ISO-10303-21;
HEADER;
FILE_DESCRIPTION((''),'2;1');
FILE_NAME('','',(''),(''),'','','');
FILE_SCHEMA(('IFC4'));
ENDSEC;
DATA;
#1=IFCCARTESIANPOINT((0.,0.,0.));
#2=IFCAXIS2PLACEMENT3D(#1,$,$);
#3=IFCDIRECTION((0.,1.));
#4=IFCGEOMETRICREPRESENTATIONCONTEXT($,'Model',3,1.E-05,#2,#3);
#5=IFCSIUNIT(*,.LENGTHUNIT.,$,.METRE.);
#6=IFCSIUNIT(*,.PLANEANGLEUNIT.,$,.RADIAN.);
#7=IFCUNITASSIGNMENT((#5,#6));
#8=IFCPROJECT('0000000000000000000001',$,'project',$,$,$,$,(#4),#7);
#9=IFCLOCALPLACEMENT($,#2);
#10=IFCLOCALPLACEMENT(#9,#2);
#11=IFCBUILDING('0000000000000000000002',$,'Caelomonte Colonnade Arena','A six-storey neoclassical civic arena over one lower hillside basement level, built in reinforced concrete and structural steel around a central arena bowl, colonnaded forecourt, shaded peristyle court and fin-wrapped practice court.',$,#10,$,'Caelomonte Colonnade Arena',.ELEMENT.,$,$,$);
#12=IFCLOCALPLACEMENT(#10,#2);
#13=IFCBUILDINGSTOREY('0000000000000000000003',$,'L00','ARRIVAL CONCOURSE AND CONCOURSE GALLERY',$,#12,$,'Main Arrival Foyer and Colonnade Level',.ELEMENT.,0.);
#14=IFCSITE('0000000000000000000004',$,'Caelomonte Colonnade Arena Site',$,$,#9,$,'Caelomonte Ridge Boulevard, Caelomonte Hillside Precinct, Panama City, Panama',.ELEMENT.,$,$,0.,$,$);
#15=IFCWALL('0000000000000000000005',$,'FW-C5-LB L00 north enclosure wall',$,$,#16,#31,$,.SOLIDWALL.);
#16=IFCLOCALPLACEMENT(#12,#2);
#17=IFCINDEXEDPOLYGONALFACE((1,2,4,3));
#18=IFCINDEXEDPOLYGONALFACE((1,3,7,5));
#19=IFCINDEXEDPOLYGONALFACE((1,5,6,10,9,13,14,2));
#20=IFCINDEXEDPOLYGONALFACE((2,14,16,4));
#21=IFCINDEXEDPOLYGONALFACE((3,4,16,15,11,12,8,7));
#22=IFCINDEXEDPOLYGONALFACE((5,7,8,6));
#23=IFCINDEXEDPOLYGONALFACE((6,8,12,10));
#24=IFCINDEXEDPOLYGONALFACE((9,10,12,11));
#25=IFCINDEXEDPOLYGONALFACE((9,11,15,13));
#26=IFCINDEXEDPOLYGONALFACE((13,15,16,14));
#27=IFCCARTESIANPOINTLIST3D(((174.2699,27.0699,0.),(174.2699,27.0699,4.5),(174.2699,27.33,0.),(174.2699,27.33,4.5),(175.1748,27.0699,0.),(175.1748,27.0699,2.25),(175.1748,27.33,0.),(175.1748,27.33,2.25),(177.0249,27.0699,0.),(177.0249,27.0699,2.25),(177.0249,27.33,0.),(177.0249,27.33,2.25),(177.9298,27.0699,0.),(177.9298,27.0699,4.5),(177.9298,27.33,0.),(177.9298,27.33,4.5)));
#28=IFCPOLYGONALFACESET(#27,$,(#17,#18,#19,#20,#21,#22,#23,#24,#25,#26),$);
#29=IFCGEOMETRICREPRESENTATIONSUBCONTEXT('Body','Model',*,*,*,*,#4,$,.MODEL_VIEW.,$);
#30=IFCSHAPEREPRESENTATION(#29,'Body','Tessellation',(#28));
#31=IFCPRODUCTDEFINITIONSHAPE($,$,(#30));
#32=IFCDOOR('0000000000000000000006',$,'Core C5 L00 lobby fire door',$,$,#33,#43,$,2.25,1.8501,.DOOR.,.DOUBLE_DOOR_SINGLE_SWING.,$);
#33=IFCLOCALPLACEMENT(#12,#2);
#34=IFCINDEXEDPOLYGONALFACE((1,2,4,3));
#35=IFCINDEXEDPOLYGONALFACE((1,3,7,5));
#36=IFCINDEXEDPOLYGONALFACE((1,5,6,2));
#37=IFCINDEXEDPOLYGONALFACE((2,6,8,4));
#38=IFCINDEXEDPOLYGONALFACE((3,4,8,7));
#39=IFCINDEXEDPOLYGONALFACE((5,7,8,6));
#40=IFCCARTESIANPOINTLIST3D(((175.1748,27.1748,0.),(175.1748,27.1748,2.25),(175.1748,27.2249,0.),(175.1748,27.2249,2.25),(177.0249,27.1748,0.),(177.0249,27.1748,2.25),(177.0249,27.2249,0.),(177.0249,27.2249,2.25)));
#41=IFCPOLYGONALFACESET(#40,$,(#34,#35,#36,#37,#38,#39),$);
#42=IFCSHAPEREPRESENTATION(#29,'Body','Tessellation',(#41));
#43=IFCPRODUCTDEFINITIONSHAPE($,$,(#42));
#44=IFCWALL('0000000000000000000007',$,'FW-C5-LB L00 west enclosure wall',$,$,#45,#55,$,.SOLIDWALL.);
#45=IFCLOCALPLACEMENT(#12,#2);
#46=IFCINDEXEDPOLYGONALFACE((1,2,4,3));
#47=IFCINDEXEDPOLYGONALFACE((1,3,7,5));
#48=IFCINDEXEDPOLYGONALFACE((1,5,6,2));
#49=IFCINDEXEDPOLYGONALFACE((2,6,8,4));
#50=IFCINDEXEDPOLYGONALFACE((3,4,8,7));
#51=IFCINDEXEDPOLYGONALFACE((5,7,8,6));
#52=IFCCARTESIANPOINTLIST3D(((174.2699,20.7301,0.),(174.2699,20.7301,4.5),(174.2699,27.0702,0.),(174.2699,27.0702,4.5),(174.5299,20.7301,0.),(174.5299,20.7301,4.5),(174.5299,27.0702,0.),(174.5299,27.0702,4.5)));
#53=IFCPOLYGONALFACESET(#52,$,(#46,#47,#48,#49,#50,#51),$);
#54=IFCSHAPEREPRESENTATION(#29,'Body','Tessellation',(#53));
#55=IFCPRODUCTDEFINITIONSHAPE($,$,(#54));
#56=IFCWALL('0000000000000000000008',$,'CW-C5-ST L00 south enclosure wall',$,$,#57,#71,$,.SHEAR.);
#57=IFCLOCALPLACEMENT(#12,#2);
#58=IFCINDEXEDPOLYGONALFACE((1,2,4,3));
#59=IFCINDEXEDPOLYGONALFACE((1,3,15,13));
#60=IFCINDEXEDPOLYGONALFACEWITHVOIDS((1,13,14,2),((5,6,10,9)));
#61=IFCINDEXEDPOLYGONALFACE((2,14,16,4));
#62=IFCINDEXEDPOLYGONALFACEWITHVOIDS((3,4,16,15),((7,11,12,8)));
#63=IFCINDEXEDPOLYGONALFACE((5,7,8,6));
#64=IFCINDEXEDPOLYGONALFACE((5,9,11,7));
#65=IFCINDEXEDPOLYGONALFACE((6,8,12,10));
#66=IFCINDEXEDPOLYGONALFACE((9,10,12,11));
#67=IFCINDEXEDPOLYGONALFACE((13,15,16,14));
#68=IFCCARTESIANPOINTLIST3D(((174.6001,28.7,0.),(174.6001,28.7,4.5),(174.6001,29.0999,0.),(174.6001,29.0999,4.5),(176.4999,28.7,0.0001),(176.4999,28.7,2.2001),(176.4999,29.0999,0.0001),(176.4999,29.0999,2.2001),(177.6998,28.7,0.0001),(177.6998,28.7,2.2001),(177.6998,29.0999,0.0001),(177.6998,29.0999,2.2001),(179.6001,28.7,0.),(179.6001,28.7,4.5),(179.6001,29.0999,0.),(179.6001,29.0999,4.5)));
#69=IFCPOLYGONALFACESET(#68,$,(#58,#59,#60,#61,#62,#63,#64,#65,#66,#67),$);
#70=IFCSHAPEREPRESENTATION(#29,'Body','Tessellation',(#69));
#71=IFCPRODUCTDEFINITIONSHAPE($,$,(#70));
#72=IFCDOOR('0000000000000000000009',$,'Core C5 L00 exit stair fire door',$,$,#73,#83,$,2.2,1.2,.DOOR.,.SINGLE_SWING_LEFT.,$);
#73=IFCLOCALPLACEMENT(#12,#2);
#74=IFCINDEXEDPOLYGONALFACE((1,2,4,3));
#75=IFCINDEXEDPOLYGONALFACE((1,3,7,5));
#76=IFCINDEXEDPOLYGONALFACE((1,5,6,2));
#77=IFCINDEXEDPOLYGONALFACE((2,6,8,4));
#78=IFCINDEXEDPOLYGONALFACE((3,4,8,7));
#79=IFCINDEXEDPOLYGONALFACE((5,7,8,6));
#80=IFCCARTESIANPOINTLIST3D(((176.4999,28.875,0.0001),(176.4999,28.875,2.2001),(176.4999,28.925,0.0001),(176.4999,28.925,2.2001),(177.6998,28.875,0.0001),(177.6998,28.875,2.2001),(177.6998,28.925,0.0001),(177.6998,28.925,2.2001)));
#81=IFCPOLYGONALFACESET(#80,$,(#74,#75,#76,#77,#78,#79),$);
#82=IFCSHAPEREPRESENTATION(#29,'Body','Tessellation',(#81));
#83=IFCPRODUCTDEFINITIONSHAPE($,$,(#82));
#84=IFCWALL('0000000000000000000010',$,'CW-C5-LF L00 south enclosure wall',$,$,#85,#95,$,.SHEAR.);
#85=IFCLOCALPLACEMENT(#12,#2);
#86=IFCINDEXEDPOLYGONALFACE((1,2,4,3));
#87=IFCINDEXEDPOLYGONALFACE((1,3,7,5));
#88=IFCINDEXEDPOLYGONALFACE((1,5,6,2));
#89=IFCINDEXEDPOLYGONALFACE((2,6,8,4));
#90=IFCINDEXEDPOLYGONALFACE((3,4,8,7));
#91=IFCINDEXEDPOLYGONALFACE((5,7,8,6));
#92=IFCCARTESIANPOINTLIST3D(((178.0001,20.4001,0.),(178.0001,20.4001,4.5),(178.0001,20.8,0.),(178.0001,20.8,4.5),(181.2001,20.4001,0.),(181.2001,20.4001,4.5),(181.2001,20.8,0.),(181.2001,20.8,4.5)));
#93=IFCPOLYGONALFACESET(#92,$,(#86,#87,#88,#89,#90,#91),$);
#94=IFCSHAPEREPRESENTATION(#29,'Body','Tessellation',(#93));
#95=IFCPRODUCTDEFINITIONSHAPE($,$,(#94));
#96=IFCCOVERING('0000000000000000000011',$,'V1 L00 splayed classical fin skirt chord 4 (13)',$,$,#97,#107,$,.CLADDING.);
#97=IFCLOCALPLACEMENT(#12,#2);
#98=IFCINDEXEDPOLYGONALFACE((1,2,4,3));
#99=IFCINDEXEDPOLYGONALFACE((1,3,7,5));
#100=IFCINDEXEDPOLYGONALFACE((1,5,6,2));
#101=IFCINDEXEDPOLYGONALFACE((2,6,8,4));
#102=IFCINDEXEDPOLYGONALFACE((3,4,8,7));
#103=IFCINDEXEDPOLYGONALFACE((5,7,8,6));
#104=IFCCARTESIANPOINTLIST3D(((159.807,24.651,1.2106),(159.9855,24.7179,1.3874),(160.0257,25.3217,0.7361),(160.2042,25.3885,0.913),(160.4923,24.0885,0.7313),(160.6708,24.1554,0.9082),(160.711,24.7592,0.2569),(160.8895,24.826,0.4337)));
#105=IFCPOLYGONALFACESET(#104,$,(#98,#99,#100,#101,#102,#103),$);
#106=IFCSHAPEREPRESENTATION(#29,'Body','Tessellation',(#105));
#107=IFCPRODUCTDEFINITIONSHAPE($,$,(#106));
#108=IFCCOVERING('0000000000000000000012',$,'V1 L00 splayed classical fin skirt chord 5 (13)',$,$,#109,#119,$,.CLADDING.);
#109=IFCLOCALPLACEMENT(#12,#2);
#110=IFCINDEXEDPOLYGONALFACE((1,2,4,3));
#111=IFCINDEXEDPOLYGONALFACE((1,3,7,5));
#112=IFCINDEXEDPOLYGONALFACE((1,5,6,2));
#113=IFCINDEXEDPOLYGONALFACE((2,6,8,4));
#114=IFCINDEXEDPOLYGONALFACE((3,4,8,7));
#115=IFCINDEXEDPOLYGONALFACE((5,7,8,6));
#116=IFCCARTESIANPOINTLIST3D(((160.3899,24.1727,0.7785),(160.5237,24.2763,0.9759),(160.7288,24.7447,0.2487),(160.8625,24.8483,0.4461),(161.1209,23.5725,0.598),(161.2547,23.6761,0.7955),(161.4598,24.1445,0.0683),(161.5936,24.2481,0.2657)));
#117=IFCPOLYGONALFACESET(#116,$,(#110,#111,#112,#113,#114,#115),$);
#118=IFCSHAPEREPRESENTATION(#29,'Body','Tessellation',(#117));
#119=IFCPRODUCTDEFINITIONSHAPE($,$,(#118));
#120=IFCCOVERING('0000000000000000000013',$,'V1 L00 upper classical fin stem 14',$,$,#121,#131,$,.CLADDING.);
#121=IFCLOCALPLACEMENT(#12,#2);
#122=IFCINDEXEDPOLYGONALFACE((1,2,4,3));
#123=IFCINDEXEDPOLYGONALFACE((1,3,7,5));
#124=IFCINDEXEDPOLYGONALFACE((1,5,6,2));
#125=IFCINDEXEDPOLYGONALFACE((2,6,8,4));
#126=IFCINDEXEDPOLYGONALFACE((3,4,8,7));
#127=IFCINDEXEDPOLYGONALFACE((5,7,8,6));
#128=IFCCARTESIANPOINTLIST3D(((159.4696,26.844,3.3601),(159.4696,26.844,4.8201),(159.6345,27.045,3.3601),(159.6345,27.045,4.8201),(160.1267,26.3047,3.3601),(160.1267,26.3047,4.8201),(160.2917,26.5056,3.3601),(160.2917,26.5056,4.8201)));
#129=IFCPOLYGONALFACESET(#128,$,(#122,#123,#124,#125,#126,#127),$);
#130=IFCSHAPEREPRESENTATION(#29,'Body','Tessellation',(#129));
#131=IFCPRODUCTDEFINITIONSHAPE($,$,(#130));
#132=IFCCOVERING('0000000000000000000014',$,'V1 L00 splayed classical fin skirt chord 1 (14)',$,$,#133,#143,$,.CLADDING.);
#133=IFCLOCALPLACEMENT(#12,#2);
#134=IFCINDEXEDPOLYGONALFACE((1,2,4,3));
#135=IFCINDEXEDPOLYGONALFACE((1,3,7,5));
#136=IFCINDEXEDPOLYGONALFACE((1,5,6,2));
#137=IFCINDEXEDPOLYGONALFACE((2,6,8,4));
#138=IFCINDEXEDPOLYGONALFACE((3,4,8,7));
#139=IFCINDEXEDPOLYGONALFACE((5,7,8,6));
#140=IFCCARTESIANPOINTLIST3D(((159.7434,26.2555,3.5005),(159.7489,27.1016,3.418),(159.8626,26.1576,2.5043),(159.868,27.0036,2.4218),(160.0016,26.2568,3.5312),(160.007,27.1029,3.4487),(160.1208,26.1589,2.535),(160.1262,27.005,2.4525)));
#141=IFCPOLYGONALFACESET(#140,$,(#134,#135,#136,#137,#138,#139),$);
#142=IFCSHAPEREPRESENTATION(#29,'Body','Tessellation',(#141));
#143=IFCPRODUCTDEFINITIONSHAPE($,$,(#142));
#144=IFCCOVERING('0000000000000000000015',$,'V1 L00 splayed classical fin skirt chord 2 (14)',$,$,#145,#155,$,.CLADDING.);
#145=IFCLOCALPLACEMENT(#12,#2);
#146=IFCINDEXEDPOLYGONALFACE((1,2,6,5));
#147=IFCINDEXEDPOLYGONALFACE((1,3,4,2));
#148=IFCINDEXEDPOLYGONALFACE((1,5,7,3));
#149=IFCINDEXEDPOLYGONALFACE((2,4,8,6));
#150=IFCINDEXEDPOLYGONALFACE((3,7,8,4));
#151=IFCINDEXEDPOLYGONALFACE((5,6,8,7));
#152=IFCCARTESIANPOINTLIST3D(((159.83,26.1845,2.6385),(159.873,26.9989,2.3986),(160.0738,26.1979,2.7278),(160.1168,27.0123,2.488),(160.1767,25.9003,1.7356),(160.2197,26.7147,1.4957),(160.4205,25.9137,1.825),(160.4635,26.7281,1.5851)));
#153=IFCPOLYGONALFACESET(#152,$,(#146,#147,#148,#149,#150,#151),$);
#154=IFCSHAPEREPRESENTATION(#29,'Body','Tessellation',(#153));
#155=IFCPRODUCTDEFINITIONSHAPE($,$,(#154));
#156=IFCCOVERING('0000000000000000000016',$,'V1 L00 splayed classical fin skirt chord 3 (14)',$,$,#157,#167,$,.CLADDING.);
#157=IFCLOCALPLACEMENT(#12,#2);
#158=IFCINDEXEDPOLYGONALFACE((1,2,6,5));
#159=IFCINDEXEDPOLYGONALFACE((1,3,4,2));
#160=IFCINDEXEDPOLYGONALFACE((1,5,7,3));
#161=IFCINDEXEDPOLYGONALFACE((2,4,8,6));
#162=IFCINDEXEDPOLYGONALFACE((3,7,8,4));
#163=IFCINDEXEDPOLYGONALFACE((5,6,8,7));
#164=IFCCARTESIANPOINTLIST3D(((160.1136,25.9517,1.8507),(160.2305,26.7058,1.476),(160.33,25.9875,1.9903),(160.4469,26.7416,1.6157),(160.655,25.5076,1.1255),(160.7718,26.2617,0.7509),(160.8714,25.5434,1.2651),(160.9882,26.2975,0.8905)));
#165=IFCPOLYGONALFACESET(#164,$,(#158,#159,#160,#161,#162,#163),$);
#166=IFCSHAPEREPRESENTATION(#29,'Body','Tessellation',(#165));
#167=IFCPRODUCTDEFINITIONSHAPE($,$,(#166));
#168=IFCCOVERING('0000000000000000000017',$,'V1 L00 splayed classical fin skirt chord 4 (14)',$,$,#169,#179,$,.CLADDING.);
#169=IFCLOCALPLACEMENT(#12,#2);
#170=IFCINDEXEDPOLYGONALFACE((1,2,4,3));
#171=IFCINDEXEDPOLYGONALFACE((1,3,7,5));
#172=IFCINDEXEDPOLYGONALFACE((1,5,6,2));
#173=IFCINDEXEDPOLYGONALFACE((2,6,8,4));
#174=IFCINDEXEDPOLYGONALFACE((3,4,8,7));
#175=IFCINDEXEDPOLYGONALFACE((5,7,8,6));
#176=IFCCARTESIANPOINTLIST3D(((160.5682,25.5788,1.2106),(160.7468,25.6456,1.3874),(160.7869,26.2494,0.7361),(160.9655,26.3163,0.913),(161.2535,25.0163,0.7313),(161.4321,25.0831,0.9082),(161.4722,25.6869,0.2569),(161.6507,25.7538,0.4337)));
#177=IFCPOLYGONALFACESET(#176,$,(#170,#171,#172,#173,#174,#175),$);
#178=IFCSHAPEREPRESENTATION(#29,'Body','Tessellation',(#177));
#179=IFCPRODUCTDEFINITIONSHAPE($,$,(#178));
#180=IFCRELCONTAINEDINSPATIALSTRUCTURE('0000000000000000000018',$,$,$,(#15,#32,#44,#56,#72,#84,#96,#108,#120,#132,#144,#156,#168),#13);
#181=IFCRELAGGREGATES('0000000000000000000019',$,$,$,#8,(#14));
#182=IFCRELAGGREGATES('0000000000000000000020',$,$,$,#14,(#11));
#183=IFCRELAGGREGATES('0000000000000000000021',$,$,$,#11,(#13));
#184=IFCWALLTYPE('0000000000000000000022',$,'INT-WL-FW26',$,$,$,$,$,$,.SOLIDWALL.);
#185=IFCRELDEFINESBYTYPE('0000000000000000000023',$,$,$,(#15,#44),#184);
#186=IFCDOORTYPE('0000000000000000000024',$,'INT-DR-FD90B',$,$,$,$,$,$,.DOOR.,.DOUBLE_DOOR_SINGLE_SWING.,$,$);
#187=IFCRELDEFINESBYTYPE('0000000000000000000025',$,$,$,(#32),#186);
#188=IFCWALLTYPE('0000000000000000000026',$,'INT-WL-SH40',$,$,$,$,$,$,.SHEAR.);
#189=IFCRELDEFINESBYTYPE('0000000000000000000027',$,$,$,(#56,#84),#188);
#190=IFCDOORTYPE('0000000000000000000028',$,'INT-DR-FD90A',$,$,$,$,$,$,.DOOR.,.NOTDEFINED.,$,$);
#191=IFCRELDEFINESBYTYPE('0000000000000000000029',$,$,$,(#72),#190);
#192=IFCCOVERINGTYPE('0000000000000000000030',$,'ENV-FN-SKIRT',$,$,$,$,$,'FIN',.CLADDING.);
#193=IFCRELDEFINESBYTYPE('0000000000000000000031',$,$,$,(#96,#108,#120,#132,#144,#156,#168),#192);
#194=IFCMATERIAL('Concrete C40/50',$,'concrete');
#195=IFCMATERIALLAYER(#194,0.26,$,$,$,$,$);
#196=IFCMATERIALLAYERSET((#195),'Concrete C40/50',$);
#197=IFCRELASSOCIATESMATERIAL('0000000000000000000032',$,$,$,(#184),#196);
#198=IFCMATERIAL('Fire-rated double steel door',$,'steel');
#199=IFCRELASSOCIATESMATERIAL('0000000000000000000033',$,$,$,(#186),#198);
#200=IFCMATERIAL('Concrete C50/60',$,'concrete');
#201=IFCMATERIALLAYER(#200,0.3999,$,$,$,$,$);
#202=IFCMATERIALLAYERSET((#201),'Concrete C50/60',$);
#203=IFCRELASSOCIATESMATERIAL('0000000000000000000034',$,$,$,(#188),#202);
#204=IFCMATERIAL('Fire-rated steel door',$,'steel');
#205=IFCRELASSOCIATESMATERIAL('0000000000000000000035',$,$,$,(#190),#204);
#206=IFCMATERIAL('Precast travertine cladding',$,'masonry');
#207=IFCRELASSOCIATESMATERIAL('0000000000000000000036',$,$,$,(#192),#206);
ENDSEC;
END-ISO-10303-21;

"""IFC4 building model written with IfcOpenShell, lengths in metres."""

from ifc_helpers import new_model, si_unit, direction, frame, frame_2d, origin, origin_2d, place, context, subcontext, project, spatial, rectangle, extrude, material, layer, layer_set, material_profile, profile_set, type_object, element, fill, save


model = new_model("IFC4")

# Units and contexts
model_context = context("Model", 3, precision=1e-05, world=origin(), true_north=direction((0.0, 1.0)))
body_context = subcontext(model_context, "Body", "Model", "MODEL_VIEW")
ifc_project = project(units=[si_unit("LENGTHUNIT", "METRE"), si_unit("PLANEANGLEUNIT", "RADIAN")], contexts=[model_context])

# Site, building, storey
site_placement = place(None, origin())
site = spatial("IfcSite", under=ifc_project, at=site_placement, Name="Caelomonte Colonnade Arena Site", LongName="Caelomonte Ridge Boulevard, Caelomonte Hillside Precinct, Panama City, Panama", CompositionType="ELEMENT", RefElevation=0.0)
building_placement = place(site_placement, origin())
building = spatial("IfcBuilding", under=site, at=building_placement, Name="Caelomonte Colonnade Arena", Description="A six-storey neoclassical civic arena over one lower hillside basement level, built in reinforced concrete and structural steel around a central arena bowl, colonnaded forecourt, shaded peristyle court and fin-wrapped practice court.", LongName="Caelomonte Colonnade Arena", CompositionType="ELEMENT")
storey_placement = place(building_placement, origin())
storey = spatial("IfcBuildingStorey", under=building, at=storey_placement, Name="L00", Description="ARRIVAL CONCOURSE AND CONCOURSE GALLERY", LongName="Main Arrival Foyer and Colonnade Level", CompositionType="ELEMENT", Elevation=0.0)

# Shared definitions
ifc_material_1 = material(Name="Concrete C40/50", Category="concrete")

# Shared definitions
ifc_layer_1 = layer(ifc_material_1, 0.26)
ifc_layer_set_1 = layer_set([ifc_layer_1], Name="Concrete C40/50")
wall_type_1 = type_object("IfcWallType", Name="INT-WL-FW26", PredefinedType="SOLIDWALL", material=ifc_layer_set_1)

# Wall, opening, door
wall_1_placement = place(storey_placement, frame((177.9299, 27.2, 0.0), z_axis=(0.0, 0.0, 1.0), x_axis=(-1.0, 0.0, 0.0)))
wall_1 = element("IfcWall", 1, at=wall_1_placement, inside=storey, type_object=wall_type_1, Name="FW-C5-LB L00 north enclosure wall", PredefinedType="SOLIDWALL", context=body_context, shape_type="SweptSolid", body=[
    extrude(rectangle(XDim=3.6599, YDim=0.26, at=frame_2d((1.8301, 0.0))), origin(), (0.0, 0.0, 1.0), 4.5),
])
opening_1_placement = place(wall_1_placement, frame((2.7551, 0.0, 0.0), z_axis=(0.0, 0.0, 1.0), x_axis=(-1.0, 0.0, 0.0)))
opening_1 = element("IfcOpeningElement", 2, at=opening_1_placement, cuts=wall_1, PredefinedType="OPENING", context=body_context, shape_type="SweptSolid", body=[
    extrude(rectangle(XDim=1.8501, YDim=2.25, at=frame_2d((0.925, 1.125))), frame((0.0, 0.1399, 0.0), z_axis=(0.0, -1.0, 0.0), x_axis=(1.0, 0.0, 0.0)), (0.0, 0.0, 1.0), 0.28),
])
ifc_material_2 = material(Name="Fire-rated double steel door", Category="steel")
door_type_1 = type_object("IfcDoorType", Name="INT-DR-FD90B", OperationType="DOUBLE_DOOR_SINGLE_SWING", PredefinedType="DOOR", material=ifc_material_2)
door_1_placement = place(opening_1_placement, origin())
door_1 = element("IfcDoor", 3, at=door_1_placement, inside=storey, type_object=door_type_1, Name="Core C5 L00 lobby fire door", OperationType="DOUBLE_DOOR_SINGLE_SWING", OverallHeight=2.25, OverallWidth=1.8501, PredefinedType="DOOR", context=body_context, shape_type="SweptSolid", body=[
    extrude(rectangle(XDim=1.8501, YDim=2.25, at=frame_2d((0.925, 1.125))), frame((0.0, 0.0249, 0.0), z_axis=(0.0, -1.0, 0.0), x_axis=(1.0, 0.0, 0.0)), (0.0, 0.0, 1.0), 0.05),
])
fill(opening_1, door_1)

# Wall
wall_2_placement = place(storey_placement, frame((174.3999, 27.0701, 0.0), z_axis=(0.0, 0.0, 1.0), x_axis=(0.0, -1.0, 0.0)))
element("IfcWall", 4, at=wall_2_placement, inside=storey, type_object=wall_type_1, Name="FW-C5-LB L00 west enclosure wall", PredefinedType="SOLIDWALL", context=body_context, shape_type="SweptSolid", body=[
    extrude(rectangle(XDim=6.3401, YDim=0.26, at=frame_2d((3.1699, 0.0))), origin(), (0.0, 0.0, 1.0), 4.5),
])

# Wall, opening, door
ifc_material_3 = material(Name="Concrete C50/60", Category="concrete")
ifc_layer_2 = layer(ifc_material_3, 0.3999)
ifc_layer_set_2 = layer_set([ifc_layer_2], Name="Concrete C50/60")
wall_type_2 = type_object("IfcWallType", Name="INT-WL-SH40", PredefinedType="SHEAR", material=ifc_layer_set_2)
wall_3_placement = place(storey_placement, frame((174.6001, 28.8999, 0.0), z_axis=(0.0, 0.0, 1.0), x_axis=(1.0, 0.0, 0.0)))
wall_3 = element("IfcWall", 5, at=wall_3_placement, inside=storey, type_object=wall_type_2, Name="CW-C5-ST L00 south enclosure wall", PredefinedType="SHEAR", context=body_context, shape_type="SweptSolid", body=[
    extrude(rectangle(XDim=5.0, YDim=0.3999, at=frame_2d((2.5, 0.0))), origin(), (0.0, 0.0, 1.0), 4.5),
])
opening_2_placement = place(wall_3_placement, frame((3.0999, 0.0, 0.0), z_axis=(0.0, 0.0, 1.0), x_axis=(-1.0, 0.0, 0.0)))
opening_2 = element("IfcOpeningElement", 6, at=opening_2_placement, cuts=wall_3, PredefinedType="OPENING", context=body_context, shape_type="SweptSolid", body=[
    extrude(rectangle(XDim=1.2, YDim=2.2, at=frame_2d((0.6001, 1.1001))), frame((0.0, 0.21, 0.0), z_axis=(0.0, -1.0, 0.0), x_axis=(1.0, 0.0, 0.0)), (0.0, 0.0, 1.0), 0.4199),
])
ifc_material_4 = material(Name="Fire-rated steel door", Category="steel")
door_type_2 = type_object("IfcDoorType", Name="INT-DR-FD90A", OperationType="NOTDEFINED", PredefinedType="DOOR", material=ifc_material_4)
door_2_placement = place(opening_2_placement, origin())
door_2 = element("IfcDoor", 7, at=door_2_placement, inside=storey, type_object=door_type_2, Name="Core C5 L00 exit stair fire door", OperationType="SINGLE_SWING_LEFT", OverallHeight=2.2, OverallWidth=1.2, PredefinedType="DOOR", context=body_context, shape_type="SweptSolid", body=[
    extrude(rectangle(XDim=1.2, YDim=2.2, at=frame_2d((0.6001, 1.1001))), frame((0.0, 0.0249, 0.0), z_axis=(0.0, -1.0, 0.0), x_axis=(1.0, 0.0, 0.0)), (0.0, 0.0, 1.0), 0.05),
])
fill(opening_2, door_2)

# Wall
wall_4_placement = place(storey_placement, frame((178.0, 20.6001, 0.0), z_axis=(0.0, 0.0, 1.0), x_axis=(1.0, 0.0, 0.0)))
element("IfcWall", 8, at=wall_4_placement, inside=storey, type_object=wall_type_2, Name="CW-C5-LF L00 south enclosure wall", PredefinedType="SHEAR", context=body_context, shape_type="SweptSolid", body=[
    extrude(rectangle(XDim=3.2, YDim=0.3999, at=frame_2d((1.6001, 0.0))), origin(), (0.0, 0.0, 1.0), 4.5),
])

# Coverings
ifc_material_5 = material(Name="Precast travertine cladding", Category="masonry")
ifc_material_profile_1 = material_profile(ifc_material_5, rectangle(XDim=0.26, YDim=0.8501, at=origin_2d()), Name="FIN260X850")
ifc_profile_set_1 = profile_set([ifc_material_profile_1], Name="Precast travertine cladding")
covering_type = type_object("IfcCoveringType", Name="ENV-FN-SKIRT", ElementType="FIN", PredefinedType="CLADDING", material=ifc_profile_set_1)
covering_1_placement = place(storey_placement, frame((160.0056, 25.0198, 1.0618), z_axis=(0.679977, -0.558129, -0.475524), x_axis=(-0.686628, -0.257168, -0.680005)))
element("IfcCovering", 9, at=covering_1_placement, inside=storey, type_object=covering_type, Name="V1 L00 splayed classical fin skirt chord 4 (13)", PredefinedType="CLADDING", context=body_context, shape_type="SweptSolid", body=[
    extrude(rectangle(XDim=0.26, YDim=0.8501, at=origin_2d()), origin(), (0.0, 0.0, 1.0), 1.0078),
])
covering_2_placement = place(storey_placement, frame((160.6262, 24.5105, 0.6123), z_axis=(0.759206, -0.62329, -0.187393), x_axis=(-0.514511, -0.398423, -0.7593)))
element("IfcCovering", 10, at=covering_2_placement, inside=storey, type_object=covering_type, Name="V1 L00 splayed classical fin skirt chord 5 (13)", PredefinedType="CLADDING", context=body_context, shape_type="SweptSolid", body=[
    extrude(rectangle(XDim=0.26, YDim=0.8501, at=origin_2d()), origin(), (0.0, 0.0, 1.0), 0.9629),
])
covering_3_placement = place(storey_placement, frame((159.8806, 26.6748, 3.3601), z_axis=(0.0, 0.0, 1.0), x_axis=(-0.634414, -0.772994, 0.0)))
element("IfcCovering", 11, at=covering_3_placement, inside=storey, type_object=covering_type, Name="V1 L00 upper classical fin stem 14", PredefinedType="CLADDING", context=body_context, shape_type="SweptSolid", body=[
    extrude(rectangle(XDim=0.26, YDim=0.8501, at=origin_2d()), origin(), (0.0, 0.0, 1.0), 1.46),
])
for number, where, z_axis, x_axis, name in (
    (12, (159.8752, 26.6792, 3.4746), (0.1182, -0.097127, -0.988228), (-0.992969, -0.005181, -0.118258), "V1 L00 splayed classical fin skirt chord 1 (14)"),
    (13, (159.9734, 26.5984, 2.5632), (0.343931, -0.281926, -0.895673), (-0.937631, -0.051725, -0.343761), "V1 L00 splayed classical fin skirt chord 2 (14)"),
    (14, (160.2803, 26.3467, 1.7332), (0.536995, -0.440593, -0.719385), (-0.832307, -0.137735, -0.536931), "V1 L00 splayed classical fin skirt chord 3 (14)"),
):
    element("IfcCovering", number, at=place(storey_placement, frame(where, z_axis=z_axis, x_axis=x_axis)), inside=storey, type_object=covering_type, Name=name, PredefinedType="CLADDING", context=body_context, shape_type="SweptSolid", body=[
        extrude(rectangle(XDim=0.26, YDim=0.8501, at=origin_2d()), origin(), (0.0, 0.0, 1.0), 1.0081),
    ])
covering_4_placement = place(storey_placement, frame((160.7668, 25.9475, 1.0618), z_axis=(0.679977, -0.558129, -0.475524), x_axis=(-0.686628, -0.257168, -0.680005)))
element("IfcCovering", 15, at=covering_4_placement, inside=storey, type_object=covering_type, Name="V1 L00 splayed classical fin skirt chord 4 (14)", PredefinedType="CLADDING", context=body_context, shape_type="SweptSolid", body=[
    extrude(rectangle(XDim=0.26, YDim=0.8501, at=origin_2d()), origin(), (0.0, 0.0, 1.0), 1.0078),
])

save(model, "model.ifc")
